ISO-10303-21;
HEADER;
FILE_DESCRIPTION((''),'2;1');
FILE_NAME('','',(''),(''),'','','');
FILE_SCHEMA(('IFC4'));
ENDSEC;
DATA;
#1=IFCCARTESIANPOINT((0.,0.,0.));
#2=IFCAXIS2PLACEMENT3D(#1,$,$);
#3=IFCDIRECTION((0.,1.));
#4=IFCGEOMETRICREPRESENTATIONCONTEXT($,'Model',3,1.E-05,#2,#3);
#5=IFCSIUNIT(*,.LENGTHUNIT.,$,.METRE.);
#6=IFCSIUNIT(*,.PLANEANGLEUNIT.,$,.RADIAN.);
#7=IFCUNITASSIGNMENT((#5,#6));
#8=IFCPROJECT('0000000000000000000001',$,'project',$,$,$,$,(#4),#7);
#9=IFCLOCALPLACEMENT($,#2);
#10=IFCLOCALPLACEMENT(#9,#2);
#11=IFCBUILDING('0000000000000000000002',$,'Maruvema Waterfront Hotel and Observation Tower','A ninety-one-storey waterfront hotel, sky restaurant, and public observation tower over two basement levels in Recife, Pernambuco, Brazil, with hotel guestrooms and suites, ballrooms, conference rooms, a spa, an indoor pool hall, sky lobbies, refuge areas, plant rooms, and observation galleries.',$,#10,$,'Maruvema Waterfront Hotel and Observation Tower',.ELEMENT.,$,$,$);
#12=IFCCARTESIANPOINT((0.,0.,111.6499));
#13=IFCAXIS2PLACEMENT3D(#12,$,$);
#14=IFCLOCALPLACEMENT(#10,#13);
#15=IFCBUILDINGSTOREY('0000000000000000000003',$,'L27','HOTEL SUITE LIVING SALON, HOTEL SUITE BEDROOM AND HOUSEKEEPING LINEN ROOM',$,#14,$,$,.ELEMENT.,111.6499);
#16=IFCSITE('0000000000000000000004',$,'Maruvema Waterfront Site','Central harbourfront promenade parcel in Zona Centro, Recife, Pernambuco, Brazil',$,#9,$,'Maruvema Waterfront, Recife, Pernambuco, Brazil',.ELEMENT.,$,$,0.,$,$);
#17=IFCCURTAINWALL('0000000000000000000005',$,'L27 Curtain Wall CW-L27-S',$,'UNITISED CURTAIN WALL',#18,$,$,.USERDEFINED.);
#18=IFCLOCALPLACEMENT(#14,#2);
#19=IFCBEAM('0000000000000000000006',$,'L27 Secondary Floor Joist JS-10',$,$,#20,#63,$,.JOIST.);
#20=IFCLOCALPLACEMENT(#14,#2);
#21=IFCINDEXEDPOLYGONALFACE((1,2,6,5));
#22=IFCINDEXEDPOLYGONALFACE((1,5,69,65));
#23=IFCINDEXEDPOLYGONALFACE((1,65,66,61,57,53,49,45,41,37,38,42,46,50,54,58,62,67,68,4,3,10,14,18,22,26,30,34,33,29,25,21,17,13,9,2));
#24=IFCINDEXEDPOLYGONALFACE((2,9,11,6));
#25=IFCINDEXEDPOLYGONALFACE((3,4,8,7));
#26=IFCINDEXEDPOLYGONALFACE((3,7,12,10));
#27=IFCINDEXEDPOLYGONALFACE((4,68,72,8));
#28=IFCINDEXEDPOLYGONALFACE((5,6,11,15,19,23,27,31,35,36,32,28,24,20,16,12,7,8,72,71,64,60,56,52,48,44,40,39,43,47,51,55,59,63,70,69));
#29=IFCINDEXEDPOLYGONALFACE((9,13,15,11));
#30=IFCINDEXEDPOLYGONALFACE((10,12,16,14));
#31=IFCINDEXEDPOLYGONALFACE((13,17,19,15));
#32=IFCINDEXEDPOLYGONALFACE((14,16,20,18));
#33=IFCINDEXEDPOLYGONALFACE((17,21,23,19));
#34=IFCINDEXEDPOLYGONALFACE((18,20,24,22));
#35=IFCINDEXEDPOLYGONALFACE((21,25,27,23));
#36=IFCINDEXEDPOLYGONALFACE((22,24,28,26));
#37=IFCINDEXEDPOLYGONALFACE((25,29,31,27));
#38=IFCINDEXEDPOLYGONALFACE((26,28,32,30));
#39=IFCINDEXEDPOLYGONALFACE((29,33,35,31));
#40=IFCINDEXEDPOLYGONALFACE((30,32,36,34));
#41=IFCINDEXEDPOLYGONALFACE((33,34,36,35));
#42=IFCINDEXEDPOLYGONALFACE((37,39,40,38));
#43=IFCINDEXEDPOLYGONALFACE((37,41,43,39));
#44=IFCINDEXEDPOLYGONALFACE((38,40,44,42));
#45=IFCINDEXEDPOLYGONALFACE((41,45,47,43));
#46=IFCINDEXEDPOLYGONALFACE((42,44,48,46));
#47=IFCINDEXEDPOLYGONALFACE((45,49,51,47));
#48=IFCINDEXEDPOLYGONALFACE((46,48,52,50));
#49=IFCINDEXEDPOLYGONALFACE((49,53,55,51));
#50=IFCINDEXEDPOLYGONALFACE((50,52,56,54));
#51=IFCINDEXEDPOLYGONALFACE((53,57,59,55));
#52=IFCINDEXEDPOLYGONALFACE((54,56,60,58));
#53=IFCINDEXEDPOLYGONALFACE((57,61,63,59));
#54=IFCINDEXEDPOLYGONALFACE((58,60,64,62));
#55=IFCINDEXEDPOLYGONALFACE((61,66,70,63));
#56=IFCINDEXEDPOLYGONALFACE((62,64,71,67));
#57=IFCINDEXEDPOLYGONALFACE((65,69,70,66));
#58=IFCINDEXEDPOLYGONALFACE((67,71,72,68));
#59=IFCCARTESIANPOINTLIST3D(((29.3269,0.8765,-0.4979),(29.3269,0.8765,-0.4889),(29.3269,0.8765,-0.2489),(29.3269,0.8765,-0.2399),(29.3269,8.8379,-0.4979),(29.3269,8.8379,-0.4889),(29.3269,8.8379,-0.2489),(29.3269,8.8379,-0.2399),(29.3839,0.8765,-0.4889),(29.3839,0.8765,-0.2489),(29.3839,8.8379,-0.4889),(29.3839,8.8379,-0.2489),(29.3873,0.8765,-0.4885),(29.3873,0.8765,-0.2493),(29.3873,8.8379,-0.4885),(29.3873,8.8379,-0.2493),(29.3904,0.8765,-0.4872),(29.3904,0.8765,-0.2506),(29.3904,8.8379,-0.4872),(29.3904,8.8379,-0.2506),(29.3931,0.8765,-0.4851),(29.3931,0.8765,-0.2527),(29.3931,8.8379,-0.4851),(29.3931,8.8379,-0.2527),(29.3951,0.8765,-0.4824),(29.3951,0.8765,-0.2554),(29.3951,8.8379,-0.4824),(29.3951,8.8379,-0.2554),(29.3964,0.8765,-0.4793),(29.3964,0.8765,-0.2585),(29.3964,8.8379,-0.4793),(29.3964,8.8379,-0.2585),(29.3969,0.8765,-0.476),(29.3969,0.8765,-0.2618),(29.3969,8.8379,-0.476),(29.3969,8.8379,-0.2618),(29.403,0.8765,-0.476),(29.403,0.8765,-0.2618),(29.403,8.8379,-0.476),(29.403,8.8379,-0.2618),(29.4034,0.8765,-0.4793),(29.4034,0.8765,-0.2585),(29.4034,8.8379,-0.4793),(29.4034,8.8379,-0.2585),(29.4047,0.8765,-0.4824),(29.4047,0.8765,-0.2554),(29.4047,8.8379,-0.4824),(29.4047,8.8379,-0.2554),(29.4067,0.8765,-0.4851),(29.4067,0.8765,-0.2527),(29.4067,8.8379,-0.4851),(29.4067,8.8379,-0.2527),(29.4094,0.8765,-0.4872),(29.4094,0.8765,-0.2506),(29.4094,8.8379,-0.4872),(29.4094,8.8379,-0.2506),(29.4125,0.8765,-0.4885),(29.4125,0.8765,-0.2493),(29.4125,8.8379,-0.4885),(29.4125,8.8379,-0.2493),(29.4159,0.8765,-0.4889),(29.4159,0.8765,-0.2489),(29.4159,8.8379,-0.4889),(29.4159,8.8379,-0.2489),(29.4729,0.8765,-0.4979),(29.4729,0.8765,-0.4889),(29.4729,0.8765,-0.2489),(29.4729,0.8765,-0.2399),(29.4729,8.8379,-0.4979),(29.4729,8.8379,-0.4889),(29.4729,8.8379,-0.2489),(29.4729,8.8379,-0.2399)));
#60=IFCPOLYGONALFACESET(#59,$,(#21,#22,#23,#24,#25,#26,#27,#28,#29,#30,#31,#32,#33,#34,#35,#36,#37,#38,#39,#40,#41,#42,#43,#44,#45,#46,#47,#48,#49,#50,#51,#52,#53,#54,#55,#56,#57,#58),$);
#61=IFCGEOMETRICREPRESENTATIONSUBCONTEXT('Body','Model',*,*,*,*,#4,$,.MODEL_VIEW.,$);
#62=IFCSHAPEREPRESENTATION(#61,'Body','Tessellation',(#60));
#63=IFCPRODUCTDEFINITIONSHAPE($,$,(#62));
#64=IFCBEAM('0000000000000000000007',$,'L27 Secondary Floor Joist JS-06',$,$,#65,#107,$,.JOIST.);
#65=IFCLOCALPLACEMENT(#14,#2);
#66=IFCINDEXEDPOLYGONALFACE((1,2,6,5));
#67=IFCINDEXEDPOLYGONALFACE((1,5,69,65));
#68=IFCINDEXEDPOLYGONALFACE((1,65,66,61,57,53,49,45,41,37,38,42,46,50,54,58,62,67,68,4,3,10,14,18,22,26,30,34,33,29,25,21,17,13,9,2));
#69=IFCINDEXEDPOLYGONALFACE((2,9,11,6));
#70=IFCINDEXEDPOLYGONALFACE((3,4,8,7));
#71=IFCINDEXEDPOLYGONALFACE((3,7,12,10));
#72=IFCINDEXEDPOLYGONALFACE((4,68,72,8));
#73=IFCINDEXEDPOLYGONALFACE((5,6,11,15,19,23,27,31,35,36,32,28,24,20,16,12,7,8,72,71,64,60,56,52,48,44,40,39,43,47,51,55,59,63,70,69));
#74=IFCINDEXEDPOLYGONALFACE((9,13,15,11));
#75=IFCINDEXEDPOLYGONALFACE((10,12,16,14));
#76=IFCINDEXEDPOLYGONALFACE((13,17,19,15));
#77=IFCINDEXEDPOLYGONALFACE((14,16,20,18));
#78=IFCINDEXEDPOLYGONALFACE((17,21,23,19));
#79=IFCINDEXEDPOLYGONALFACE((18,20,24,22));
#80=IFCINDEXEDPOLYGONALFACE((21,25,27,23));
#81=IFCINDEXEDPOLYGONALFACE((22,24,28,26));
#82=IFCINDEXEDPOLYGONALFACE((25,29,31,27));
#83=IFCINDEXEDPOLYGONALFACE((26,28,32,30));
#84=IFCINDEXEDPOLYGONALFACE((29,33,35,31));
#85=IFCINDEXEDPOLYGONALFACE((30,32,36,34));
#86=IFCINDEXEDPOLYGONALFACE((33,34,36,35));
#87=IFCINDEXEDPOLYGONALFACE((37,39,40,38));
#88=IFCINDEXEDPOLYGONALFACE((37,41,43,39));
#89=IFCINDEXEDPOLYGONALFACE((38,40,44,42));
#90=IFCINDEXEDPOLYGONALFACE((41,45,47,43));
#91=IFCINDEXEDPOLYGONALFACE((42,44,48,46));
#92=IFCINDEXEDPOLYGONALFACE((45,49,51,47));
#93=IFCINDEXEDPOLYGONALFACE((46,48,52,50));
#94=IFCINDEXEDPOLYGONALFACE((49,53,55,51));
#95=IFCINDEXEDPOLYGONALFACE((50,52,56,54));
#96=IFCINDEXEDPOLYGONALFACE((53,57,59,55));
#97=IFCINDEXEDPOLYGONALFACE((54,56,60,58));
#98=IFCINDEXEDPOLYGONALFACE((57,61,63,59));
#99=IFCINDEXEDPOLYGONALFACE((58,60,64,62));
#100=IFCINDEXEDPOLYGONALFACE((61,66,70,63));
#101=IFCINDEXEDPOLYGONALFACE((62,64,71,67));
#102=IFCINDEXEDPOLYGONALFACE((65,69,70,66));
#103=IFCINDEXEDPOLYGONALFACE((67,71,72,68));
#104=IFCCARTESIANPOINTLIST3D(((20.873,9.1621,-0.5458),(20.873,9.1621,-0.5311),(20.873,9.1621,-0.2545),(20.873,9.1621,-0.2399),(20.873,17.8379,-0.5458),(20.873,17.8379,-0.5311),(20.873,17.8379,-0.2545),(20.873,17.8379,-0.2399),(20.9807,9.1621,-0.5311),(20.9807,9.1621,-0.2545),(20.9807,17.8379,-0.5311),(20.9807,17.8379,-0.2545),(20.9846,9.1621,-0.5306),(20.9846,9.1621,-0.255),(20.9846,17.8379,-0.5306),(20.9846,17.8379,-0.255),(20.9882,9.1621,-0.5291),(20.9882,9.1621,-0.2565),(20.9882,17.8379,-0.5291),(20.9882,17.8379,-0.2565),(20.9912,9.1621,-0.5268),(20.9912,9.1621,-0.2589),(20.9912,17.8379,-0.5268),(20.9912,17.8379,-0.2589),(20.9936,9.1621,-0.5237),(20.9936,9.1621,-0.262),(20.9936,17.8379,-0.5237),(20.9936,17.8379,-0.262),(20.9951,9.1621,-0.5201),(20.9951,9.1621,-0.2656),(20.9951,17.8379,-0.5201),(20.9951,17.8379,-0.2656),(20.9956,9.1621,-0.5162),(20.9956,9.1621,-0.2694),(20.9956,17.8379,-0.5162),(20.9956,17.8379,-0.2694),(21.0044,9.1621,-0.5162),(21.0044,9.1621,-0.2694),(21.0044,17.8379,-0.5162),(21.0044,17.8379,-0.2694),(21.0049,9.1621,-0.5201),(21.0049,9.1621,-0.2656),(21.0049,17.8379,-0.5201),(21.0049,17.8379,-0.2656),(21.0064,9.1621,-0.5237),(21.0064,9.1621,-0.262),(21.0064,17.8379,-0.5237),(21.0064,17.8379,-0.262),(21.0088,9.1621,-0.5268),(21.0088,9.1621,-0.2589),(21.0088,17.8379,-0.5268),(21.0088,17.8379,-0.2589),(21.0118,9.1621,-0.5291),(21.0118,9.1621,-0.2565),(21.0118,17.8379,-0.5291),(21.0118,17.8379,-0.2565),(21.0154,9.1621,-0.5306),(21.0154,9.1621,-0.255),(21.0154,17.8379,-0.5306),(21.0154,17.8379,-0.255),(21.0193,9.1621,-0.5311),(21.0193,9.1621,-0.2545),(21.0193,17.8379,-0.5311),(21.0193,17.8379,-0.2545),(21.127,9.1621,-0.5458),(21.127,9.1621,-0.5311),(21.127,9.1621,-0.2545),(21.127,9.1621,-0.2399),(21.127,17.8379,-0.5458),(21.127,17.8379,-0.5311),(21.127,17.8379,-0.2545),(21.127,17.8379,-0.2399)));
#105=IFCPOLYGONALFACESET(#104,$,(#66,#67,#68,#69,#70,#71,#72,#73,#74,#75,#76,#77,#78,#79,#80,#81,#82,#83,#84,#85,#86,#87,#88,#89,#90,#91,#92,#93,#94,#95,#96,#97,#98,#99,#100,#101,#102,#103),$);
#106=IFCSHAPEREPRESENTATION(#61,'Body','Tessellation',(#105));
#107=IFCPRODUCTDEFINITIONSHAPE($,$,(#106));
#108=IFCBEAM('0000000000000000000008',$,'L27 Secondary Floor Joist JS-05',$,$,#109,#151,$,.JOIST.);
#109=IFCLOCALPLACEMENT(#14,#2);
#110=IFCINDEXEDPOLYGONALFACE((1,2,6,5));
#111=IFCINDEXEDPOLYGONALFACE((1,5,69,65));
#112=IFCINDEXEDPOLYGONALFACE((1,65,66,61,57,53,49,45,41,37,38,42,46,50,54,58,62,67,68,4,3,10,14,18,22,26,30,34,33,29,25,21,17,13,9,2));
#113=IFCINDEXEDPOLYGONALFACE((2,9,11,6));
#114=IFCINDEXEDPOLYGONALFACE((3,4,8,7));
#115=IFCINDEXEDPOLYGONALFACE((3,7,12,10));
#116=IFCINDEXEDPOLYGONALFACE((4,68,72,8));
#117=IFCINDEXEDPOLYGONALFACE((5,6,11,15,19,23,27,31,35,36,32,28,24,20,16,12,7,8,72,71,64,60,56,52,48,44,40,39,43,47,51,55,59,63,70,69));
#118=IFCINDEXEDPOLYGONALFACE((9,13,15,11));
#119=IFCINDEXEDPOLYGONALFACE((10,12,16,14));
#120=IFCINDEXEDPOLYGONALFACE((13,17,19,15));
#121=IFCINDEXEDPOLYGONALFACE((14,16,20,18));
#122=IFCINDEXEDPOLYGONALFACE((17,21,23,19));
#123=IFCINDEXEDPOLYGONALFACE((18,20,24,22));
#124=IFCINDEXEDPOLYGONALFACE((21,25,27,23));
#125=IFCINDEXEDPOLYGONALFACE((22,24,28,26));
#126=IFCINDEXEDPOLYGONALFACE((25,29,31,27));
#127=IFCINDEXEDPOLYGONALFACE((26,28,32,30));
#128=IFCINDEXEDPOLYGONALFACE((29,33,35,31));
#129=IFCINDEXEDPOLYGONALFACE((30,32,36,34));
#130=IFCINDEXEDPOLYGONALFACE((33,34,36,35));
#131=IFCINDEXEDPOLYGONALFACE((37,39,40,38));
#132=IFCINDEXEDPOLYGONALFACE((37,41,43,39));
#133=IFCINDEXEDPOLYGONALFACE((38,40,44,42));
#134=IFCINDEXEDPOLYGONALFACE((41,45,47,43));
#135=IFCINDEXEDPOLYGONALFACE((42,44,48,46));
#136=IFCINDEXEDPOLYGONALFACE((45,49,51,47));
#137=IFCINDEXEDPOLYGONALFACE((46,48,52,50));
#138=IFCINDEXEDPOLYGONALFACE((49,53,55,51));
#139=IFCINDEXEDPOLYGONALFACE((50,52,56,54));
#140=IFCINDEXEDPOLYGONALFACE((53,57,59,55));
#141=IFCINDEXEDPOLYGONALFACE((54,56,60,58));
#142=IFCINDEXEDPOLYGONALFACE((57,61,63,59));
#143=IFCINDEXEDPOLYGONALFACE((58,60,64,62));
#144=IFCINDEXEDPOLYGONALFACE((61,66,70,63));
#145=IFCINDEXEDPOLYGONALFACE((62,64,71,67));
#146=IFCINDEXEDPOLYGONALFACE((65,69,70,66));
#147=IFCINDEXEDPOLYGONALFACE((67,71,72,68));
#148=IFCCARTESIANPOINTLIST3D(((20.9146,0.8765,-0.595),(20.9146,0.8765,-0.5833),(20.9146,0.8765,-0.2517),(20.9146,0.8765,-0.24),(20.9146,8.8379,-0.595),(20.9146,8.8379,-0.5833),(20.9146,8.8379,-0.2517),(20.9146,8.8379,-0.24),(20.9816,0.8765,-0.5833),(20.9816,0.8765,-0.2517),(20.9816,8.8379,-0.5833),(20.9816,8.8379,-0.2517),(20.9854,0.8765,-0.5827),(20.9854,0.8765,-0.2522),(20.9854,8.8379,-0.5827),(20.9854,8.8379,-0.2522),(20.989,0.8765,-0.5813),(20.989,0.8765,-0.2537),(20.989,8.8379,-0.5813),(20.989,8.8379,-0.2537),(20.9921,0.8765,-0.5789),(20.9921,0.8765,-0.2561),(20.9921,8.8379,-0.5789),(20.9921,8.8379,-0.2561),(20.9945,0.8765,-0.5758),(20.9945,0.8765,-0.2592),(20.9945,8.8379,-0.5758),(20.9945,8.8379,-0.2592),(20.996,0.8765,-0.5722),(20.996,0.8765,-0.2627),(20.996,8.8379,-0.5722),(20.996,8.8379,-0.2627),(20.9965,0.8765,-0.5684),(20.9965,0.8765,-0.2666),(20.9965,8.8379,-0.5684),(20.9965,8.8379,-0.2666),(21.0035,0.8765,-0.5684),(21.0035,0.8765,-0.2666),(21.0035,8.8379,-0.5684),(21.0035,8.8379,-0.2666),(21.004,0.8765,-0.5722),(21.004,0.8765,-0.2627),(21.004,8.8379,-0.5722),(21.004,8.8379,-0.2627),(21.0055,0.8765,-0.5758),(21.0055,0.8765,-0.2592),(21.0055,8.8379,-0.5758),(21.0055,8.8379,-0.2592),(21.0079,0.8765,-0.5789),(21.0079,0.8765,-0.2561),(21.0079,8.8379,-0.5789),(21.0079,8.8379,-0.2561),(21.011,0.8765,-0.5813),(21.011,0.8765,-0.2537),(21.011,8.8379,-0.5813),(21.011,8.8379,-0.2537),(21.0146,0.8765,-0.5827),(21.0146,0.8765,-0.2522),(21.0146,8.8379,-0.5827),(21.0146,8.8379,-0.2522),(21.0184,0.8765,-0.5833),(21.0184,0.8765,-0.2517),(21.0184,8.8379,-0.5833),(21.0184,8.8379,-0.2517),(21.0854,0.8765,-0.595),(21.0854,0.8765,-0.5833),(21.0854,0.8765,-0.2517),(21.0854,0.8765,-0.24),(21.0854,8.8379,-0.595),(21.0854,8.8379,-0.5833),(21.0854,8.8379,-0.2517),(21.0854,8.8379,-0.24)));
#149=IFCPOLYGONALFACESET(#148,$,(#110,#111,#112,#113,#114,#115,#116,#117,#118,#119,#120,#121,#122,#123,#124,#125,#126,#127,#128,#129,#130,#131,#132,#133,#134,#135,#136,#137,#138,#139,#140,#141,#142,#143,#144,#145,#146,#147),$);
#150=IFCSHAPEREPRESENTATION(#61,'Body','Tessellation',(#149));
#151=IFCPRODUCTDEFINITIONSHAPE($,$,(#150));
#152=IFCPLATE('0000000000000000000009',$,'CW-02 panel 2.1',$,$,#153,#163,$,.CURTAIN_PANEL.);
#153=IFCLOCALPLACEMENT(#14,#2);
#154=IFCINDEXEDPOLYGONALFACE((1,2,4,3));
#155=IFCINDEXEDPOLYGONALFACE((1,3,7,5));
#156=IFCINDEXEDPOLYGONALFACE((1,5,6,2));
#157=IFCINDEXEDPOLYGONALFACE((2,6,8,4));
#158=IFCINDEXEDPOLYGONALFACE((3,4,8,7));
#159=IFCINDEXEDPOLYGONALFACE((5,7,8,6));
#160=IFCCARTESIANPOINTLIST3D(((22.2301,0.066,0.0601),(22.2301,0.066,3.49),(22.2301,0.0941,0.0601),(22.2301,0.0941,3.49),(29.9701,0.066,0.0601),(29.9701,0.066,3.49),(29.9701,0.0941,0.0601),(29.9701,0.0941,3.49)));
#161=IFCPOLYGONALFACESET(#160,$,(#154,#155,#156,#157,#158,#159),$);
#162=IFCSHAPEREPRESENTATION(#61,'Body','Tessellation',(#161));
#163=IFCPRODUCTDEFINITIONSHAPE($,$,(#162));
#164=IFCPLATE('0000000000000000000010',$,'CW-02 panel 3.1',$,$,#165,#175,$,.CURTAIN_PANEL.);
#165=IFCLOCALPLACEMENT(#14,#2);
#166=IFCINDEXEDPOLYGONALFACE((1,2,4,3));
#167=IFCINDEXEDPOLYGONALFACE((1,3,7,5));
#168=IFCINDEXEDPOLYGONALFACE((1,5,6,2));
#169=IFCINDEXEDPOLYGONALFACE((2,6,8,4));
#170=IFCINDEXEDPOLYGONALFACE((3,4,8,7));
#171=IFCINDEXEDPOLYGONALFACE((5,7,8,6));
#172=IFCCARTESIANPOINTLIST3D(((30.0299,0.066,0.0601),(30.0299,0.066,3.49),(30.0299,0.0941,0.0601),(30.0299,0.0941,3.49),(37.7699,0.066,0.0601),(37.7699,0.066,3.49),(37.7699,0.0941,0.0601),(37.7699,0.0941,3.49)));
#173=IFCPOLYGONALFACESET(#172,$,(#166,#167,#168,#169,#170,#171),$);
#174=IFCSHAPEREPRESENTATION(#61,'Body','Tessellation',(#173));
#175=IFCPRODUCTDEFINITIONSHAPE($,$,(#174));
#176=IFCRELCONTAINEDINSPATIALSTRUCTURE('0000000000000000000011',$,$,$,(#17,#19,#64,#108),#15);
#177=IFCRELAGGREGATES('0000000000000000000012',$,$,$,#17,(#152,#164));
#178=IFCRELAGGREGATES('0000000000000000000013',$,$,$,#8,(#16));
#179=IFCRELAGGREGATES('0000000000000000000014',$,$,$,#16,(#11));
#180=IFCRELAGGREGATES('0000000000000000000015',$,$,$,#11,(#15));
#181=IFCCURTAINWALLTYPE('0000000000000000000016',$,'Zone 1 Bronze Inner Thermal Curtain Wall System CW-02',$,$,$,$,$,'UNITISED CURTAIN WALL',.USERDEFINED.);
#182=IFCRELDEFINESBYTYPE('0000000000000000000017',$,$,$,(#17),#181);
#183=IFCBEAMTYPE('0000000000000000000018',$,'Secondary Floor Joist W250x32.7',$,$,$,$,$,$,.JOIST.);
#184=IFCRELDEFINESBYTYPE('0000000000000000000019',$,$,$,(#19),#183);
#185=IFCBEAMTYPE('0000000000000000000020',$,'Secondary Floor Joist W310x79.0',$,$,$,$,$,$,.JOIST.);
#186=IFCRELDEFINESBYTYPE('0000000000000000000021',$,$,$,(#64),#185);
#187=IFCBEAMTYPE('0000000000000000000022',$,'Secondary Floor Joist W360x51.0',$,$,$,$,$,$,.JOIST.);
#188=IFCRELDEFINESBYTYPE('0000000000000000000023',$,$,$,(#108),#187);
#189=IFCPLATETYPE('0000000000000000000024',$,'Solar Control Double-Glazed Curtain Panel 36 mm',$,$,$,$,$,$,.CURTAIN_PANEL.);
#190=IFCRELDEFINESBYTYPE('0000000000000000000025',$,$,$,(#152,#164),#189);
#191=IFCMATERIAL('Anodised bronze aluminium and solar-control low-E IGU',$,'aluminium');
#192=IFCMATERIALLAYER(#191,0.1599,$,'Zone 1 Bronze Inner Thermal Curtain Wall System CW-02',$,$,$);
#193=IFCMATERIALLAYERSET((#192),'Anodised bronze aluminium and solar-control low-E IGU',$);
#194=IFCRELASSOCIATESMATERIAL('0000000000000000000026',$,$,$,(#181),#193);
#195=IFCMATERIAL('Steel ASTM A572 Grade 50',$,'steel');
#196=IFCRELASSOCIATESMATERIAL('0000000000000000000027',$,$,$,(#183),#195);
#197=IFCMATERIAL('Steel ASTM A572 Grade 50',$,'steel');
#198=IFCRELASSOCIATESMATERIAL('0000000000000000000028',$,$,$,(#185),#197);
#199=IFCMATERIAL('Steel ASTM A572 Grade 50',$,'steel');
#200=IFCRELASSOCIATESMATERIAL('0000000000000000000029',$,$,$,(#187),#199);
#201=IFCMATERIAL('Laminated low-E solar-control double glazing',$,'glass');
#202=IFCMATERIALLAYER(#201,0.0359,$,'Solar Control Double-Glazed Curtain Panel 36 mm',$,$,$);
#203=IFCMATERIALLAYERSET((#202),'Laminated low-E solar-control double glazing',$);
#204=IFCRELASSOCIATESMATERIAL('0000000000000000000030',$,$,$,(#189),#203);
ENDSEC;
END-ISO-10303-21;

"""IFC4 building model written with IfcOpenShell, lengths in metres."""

from ifc_helpers import new_model, si_unit, direction, frame, origin, origin_2d, place, context, subcontext, project, spatial, rectangle, i_section, extrude, material, layer, layer_set, material_profile, profile_set, type_object, element, aggregate, save


model = new_model("IFC4")

# Units and contexts
model_context = context("Model", 3, precision=1e-05, world=origin(), true_north=direction((0.0, 1.0)))
body_context = subcontext(model_context, "Body", "Model", "MODEL_VIEW")
ifc_project = project(units=[si_unit("LENGTHUNIT", "METRE"), si_unit("PLANEANGLEUNIT", "RADIAN")], contexts=[model_context])

# Site, building, storey
site_placement = place(None, origin())
site = spatial("IfcSite", under=ifc_project, at=site_placement, Name="Maruvema Waterfront Site", Description="Central harbourfront promenade parcel in Zona Centro, Recife, Pernambuco, Brazil", LongName="Maruvema Waterfront, Recife, Pernambuco, Brazil", CompositionType="ELEMENT", RefElevation=0.0)
building_placement = place(site_placement, origin())
building = spatial("IfcBuilding", under=site, at=building_placement, Name="Maruvema Waterfront Hotel and Observation Tower", Description="A ninety-one-storey waterfront hotel, sky restaurant, and public observation tower over two basement levels in Recife, Pernambuco, Brazil, with hotel guestrooms and suites, ballrooms, conference rooms, a spa, an indoor pool hall, sky lobbies, refuge areas, plant rooms, and observation galleries.", LongName="Maruvema Waterfront Hotel and Observation Tower", CompositionType="ELEMENT")
storey_placement = place(building_placement, frame((0.0, 0.0, 111.6499)))
storey = spatial("IfcBuildingStorey", under=building, at=storey_placement, Name="L27", Description="HOTEL SUITE LIVING SALON, HOTEL SUITE BEDROOM AND HOUSEKEEPING LINEN ROOM", CompositionType="ELEMENT", Elevation=111.6499)

# Curtain wall
ifc_material_1 = material(Name="Anodised bronze aluminium and solar-control low-E IGU", Category="aluminium")
ifc_layer_1 = layer(ifc_material_1, 0.1599, Name="Zone 1 Bronze Inner Thermal Curtain Wall System CW-02")
ifc_layer_set_1 = layer_set([ifc_layer_1], Name="Anodised bronze aluminium and solar-control low-E IGU")
curtain_wall_type = type_object("IfcCurtainWallType", Name="Zone 1 Bronze Inner Thermal Curtain Wall System CW-02", ElementType="UNITISED CURTAIN WALL", PredefinedType="USERDEFINED", material=ifc_layer_set_1)
curtain_wall_placement = place(storey_placement, origin())
curtain_wall = element("IfcCurtainWall", 1, at=curtain_wall_placement, inside=storey, type_object=curtain_wall_type, Name="L27 Curtain Wall CW-L27-S", ObjectType="UNITISED CURTAIN WALL", PredefinedType="USERDEFINED")

# Beams
ifc_material_2 = material(Name="Steel ASTM A572 Grade 50", Category="steel")
ifc_material_profile_1 = material_profile(ifc_material_2, i_section(OverallWidth=0.146, OverallDepth=0.2581, WebThickness=0.0061, FlangeThickness=0.009, FilletRadius=0.0129, at=origin_2d()), Name="W250x32.7")
ifc_profile_set_1 = profile_set([ifc_material_profile_1], Name="Steel ASTM A572 Grade 50")
beam_type_1 = type_object("IfcBeamType", Name="Secondary Floor Joist W250x32.7", PredefinedType="JOIST", material=ifc_profile_set_1)
beam_1_placement = place(storey_placement, frame((29.3999, 0.8765, -0.3689), z_axis=(0.0, 1.0, 0.0), x_axis=(-1.0, 0.0, 0.0)))
element("IfcBeam", 2, at=beam_1_placement, inside=storey, type_object=beam_type_1, Name="L27 Secondary Floor Joist JS-10", PredefinedType="JOIST", context=body_context, shape_type="SweptSolid", body=[
    extrude(i_section(OverallWidth=0.146, OverallDepth=0.2581, WebThickness=0.0061, FlangeThickness=0.009, FilletRadius=0.0129, at=origin_2d()), origin(), (0.0, 0.0, 1.0), 7.9614),
])
ifc_material_3 = material(Name="Steel ASTM A572 Grade 50", Category="steel")
ifc_material_profile_2 = material_profile(ifc_material_3, i_section(OverallWidth=0.2539, OverallDepth=0.3059, WebThickness=0.0088, FlangeThickness=0.0146, FilletRadius=0.0149, at=origin_2d()), Name="W310x79.0")
ifc_profile_set_2 = profile_set([ifc_material_profile_2], Name="Steel ASTM A572 Grade 50")
beam_type_2 = type_object("IfcBeamType", Name="Secondary Floor Joist W310x79.0", PredefinedType="JOIST", material=ifc_profile_set_2)
beam_2_placement = place(storey_placement, frame((21.0, 9.1621, -0.3928), z_axis=(0.0, 1.0, 0.0), x_axis=(-1.0, 0.0, 0.0)))
element("IfcBeam", 3, at=beam_2_placement, inside=storey, type_object=beam_type_2, Name="L27 Secondary Floor Joist JS-06", PredefinedType="JOIST", context=body_context, shape_type="SweptSolid", body=[
    extrude(i_section(OverallWidth=0.2539, OverallDepth=0.3059, WebThickness=0.0088, FlangeThickness=0.0146, FilletRadius=0.0149, at=origin_2d()), origin(), (0.0, 0.0, 1.0), 8.6758),
])
ifc_material_4 = material(Name="Steel ASTM A572 Grade 50", Category="steel")
ifc_material_profile_3 = material_profile(ifc_material_4, i_section(OverallWidth=0.1709, OverallDepth=0.355, WebThickness=0.0071, FlangeThickness=0.0117, FilletRadius=0.0149, at=origin_2d()), Name="W360x51.0")
ifc_profile_set_3 = profile_set([ifc_material_profile_3], Name="Steel ASTM A572 Grade 50")
beam_type_3 = type_object("IfcBeamType", Name="Secondary Floor Joist W360x51.0", PredefinedType="JOIST", material=ifc_profile_set_3)
beam_3_placement = place(storey_placement, frame((21.0, 0.8765, -0.4175), z_axis=(0.0, 1.0, 0.0), x_axis=(-1.0, 0.0, 0.0)))
element("IfcBeam", 4, at=beam_3_placement, inside=storey, type_object=beam_type_3, Name="L27 Secondary Floor Joist JS-05", PredefinedType="JOIST", context=body_context, shape_type="SweptSolid", body=[
    extrude(i_section(OverallWidth=0.1709, OverallDepth=0.355, WebThickness=0.0071, FlangeThickness=0.0117, FilletRadius=0.0149, at=origin_2d()), origin(), (0.0, 0.0, 1.0), 7.9614),
])

# Plates
ifc_material_5 = material(Name="Laminated low-E solar-control double glazing", Category="glass")
ifc_layer_2 = layer(ifc_material_5, 0.0359, Name="Solar Control Double-Glazed Curtain Panel 36 mm")
ifc_layer_set_2 = layer_set([ifc_layer_2], Name="Laminated low-E solar-control double glazing")
plate_type = type_object("IfcPlateType", Name="Solar Control Double-Glazed Curtain Panel 36 mm", PredefinedType="CURTAIN_PANEL", material=ifc_layer_set_2)
plate_1_placement = place(storey_placement, frame((26.1001, 0.0801, 0.0601), z_axis=(0.0, 0.0, 1.0), x_axis=(1.0, 0.0, 0.0)))
plate_1 = element("IfcPlate", 5, at=plate_1_placement, type_object=plate_type, Name="CW-02 panel 2.1", PredefinedType="CURTAIN_PANEL", context=body_context, shape_type="SweptSolid", body=[
    extrude(rectangle(XDim=7.74, YDim=0.0281, at=origin_2d()), origin(), (0.0, 0.0, 1.0), 3.4299),
])
plate_2_placement = place(storey_placement, frame((33.8999, 0.0801, 0.0601), z_axis=(0.0, 0.0, 1.0), x_axis=(1.0, 0.0, 0.0)))
plate_2 = element("IfcPlate", 6, at=plate_2_placement, type_object=plate_type, Name="CW-02 panel 3.1", PredefinedType="CURTAIN_PANEL", context=body_context, shape_type="SweptSolid", body=[
    extrude(rectangle(XDim=7.74, YDim=0.0281, at=origin_2d()), origin(), (0.0, 0.0, 1.0), 3.4299),
])
aggregate(curtain_wall, [plate_1, plate_2])

save(model, "model.ifc")
